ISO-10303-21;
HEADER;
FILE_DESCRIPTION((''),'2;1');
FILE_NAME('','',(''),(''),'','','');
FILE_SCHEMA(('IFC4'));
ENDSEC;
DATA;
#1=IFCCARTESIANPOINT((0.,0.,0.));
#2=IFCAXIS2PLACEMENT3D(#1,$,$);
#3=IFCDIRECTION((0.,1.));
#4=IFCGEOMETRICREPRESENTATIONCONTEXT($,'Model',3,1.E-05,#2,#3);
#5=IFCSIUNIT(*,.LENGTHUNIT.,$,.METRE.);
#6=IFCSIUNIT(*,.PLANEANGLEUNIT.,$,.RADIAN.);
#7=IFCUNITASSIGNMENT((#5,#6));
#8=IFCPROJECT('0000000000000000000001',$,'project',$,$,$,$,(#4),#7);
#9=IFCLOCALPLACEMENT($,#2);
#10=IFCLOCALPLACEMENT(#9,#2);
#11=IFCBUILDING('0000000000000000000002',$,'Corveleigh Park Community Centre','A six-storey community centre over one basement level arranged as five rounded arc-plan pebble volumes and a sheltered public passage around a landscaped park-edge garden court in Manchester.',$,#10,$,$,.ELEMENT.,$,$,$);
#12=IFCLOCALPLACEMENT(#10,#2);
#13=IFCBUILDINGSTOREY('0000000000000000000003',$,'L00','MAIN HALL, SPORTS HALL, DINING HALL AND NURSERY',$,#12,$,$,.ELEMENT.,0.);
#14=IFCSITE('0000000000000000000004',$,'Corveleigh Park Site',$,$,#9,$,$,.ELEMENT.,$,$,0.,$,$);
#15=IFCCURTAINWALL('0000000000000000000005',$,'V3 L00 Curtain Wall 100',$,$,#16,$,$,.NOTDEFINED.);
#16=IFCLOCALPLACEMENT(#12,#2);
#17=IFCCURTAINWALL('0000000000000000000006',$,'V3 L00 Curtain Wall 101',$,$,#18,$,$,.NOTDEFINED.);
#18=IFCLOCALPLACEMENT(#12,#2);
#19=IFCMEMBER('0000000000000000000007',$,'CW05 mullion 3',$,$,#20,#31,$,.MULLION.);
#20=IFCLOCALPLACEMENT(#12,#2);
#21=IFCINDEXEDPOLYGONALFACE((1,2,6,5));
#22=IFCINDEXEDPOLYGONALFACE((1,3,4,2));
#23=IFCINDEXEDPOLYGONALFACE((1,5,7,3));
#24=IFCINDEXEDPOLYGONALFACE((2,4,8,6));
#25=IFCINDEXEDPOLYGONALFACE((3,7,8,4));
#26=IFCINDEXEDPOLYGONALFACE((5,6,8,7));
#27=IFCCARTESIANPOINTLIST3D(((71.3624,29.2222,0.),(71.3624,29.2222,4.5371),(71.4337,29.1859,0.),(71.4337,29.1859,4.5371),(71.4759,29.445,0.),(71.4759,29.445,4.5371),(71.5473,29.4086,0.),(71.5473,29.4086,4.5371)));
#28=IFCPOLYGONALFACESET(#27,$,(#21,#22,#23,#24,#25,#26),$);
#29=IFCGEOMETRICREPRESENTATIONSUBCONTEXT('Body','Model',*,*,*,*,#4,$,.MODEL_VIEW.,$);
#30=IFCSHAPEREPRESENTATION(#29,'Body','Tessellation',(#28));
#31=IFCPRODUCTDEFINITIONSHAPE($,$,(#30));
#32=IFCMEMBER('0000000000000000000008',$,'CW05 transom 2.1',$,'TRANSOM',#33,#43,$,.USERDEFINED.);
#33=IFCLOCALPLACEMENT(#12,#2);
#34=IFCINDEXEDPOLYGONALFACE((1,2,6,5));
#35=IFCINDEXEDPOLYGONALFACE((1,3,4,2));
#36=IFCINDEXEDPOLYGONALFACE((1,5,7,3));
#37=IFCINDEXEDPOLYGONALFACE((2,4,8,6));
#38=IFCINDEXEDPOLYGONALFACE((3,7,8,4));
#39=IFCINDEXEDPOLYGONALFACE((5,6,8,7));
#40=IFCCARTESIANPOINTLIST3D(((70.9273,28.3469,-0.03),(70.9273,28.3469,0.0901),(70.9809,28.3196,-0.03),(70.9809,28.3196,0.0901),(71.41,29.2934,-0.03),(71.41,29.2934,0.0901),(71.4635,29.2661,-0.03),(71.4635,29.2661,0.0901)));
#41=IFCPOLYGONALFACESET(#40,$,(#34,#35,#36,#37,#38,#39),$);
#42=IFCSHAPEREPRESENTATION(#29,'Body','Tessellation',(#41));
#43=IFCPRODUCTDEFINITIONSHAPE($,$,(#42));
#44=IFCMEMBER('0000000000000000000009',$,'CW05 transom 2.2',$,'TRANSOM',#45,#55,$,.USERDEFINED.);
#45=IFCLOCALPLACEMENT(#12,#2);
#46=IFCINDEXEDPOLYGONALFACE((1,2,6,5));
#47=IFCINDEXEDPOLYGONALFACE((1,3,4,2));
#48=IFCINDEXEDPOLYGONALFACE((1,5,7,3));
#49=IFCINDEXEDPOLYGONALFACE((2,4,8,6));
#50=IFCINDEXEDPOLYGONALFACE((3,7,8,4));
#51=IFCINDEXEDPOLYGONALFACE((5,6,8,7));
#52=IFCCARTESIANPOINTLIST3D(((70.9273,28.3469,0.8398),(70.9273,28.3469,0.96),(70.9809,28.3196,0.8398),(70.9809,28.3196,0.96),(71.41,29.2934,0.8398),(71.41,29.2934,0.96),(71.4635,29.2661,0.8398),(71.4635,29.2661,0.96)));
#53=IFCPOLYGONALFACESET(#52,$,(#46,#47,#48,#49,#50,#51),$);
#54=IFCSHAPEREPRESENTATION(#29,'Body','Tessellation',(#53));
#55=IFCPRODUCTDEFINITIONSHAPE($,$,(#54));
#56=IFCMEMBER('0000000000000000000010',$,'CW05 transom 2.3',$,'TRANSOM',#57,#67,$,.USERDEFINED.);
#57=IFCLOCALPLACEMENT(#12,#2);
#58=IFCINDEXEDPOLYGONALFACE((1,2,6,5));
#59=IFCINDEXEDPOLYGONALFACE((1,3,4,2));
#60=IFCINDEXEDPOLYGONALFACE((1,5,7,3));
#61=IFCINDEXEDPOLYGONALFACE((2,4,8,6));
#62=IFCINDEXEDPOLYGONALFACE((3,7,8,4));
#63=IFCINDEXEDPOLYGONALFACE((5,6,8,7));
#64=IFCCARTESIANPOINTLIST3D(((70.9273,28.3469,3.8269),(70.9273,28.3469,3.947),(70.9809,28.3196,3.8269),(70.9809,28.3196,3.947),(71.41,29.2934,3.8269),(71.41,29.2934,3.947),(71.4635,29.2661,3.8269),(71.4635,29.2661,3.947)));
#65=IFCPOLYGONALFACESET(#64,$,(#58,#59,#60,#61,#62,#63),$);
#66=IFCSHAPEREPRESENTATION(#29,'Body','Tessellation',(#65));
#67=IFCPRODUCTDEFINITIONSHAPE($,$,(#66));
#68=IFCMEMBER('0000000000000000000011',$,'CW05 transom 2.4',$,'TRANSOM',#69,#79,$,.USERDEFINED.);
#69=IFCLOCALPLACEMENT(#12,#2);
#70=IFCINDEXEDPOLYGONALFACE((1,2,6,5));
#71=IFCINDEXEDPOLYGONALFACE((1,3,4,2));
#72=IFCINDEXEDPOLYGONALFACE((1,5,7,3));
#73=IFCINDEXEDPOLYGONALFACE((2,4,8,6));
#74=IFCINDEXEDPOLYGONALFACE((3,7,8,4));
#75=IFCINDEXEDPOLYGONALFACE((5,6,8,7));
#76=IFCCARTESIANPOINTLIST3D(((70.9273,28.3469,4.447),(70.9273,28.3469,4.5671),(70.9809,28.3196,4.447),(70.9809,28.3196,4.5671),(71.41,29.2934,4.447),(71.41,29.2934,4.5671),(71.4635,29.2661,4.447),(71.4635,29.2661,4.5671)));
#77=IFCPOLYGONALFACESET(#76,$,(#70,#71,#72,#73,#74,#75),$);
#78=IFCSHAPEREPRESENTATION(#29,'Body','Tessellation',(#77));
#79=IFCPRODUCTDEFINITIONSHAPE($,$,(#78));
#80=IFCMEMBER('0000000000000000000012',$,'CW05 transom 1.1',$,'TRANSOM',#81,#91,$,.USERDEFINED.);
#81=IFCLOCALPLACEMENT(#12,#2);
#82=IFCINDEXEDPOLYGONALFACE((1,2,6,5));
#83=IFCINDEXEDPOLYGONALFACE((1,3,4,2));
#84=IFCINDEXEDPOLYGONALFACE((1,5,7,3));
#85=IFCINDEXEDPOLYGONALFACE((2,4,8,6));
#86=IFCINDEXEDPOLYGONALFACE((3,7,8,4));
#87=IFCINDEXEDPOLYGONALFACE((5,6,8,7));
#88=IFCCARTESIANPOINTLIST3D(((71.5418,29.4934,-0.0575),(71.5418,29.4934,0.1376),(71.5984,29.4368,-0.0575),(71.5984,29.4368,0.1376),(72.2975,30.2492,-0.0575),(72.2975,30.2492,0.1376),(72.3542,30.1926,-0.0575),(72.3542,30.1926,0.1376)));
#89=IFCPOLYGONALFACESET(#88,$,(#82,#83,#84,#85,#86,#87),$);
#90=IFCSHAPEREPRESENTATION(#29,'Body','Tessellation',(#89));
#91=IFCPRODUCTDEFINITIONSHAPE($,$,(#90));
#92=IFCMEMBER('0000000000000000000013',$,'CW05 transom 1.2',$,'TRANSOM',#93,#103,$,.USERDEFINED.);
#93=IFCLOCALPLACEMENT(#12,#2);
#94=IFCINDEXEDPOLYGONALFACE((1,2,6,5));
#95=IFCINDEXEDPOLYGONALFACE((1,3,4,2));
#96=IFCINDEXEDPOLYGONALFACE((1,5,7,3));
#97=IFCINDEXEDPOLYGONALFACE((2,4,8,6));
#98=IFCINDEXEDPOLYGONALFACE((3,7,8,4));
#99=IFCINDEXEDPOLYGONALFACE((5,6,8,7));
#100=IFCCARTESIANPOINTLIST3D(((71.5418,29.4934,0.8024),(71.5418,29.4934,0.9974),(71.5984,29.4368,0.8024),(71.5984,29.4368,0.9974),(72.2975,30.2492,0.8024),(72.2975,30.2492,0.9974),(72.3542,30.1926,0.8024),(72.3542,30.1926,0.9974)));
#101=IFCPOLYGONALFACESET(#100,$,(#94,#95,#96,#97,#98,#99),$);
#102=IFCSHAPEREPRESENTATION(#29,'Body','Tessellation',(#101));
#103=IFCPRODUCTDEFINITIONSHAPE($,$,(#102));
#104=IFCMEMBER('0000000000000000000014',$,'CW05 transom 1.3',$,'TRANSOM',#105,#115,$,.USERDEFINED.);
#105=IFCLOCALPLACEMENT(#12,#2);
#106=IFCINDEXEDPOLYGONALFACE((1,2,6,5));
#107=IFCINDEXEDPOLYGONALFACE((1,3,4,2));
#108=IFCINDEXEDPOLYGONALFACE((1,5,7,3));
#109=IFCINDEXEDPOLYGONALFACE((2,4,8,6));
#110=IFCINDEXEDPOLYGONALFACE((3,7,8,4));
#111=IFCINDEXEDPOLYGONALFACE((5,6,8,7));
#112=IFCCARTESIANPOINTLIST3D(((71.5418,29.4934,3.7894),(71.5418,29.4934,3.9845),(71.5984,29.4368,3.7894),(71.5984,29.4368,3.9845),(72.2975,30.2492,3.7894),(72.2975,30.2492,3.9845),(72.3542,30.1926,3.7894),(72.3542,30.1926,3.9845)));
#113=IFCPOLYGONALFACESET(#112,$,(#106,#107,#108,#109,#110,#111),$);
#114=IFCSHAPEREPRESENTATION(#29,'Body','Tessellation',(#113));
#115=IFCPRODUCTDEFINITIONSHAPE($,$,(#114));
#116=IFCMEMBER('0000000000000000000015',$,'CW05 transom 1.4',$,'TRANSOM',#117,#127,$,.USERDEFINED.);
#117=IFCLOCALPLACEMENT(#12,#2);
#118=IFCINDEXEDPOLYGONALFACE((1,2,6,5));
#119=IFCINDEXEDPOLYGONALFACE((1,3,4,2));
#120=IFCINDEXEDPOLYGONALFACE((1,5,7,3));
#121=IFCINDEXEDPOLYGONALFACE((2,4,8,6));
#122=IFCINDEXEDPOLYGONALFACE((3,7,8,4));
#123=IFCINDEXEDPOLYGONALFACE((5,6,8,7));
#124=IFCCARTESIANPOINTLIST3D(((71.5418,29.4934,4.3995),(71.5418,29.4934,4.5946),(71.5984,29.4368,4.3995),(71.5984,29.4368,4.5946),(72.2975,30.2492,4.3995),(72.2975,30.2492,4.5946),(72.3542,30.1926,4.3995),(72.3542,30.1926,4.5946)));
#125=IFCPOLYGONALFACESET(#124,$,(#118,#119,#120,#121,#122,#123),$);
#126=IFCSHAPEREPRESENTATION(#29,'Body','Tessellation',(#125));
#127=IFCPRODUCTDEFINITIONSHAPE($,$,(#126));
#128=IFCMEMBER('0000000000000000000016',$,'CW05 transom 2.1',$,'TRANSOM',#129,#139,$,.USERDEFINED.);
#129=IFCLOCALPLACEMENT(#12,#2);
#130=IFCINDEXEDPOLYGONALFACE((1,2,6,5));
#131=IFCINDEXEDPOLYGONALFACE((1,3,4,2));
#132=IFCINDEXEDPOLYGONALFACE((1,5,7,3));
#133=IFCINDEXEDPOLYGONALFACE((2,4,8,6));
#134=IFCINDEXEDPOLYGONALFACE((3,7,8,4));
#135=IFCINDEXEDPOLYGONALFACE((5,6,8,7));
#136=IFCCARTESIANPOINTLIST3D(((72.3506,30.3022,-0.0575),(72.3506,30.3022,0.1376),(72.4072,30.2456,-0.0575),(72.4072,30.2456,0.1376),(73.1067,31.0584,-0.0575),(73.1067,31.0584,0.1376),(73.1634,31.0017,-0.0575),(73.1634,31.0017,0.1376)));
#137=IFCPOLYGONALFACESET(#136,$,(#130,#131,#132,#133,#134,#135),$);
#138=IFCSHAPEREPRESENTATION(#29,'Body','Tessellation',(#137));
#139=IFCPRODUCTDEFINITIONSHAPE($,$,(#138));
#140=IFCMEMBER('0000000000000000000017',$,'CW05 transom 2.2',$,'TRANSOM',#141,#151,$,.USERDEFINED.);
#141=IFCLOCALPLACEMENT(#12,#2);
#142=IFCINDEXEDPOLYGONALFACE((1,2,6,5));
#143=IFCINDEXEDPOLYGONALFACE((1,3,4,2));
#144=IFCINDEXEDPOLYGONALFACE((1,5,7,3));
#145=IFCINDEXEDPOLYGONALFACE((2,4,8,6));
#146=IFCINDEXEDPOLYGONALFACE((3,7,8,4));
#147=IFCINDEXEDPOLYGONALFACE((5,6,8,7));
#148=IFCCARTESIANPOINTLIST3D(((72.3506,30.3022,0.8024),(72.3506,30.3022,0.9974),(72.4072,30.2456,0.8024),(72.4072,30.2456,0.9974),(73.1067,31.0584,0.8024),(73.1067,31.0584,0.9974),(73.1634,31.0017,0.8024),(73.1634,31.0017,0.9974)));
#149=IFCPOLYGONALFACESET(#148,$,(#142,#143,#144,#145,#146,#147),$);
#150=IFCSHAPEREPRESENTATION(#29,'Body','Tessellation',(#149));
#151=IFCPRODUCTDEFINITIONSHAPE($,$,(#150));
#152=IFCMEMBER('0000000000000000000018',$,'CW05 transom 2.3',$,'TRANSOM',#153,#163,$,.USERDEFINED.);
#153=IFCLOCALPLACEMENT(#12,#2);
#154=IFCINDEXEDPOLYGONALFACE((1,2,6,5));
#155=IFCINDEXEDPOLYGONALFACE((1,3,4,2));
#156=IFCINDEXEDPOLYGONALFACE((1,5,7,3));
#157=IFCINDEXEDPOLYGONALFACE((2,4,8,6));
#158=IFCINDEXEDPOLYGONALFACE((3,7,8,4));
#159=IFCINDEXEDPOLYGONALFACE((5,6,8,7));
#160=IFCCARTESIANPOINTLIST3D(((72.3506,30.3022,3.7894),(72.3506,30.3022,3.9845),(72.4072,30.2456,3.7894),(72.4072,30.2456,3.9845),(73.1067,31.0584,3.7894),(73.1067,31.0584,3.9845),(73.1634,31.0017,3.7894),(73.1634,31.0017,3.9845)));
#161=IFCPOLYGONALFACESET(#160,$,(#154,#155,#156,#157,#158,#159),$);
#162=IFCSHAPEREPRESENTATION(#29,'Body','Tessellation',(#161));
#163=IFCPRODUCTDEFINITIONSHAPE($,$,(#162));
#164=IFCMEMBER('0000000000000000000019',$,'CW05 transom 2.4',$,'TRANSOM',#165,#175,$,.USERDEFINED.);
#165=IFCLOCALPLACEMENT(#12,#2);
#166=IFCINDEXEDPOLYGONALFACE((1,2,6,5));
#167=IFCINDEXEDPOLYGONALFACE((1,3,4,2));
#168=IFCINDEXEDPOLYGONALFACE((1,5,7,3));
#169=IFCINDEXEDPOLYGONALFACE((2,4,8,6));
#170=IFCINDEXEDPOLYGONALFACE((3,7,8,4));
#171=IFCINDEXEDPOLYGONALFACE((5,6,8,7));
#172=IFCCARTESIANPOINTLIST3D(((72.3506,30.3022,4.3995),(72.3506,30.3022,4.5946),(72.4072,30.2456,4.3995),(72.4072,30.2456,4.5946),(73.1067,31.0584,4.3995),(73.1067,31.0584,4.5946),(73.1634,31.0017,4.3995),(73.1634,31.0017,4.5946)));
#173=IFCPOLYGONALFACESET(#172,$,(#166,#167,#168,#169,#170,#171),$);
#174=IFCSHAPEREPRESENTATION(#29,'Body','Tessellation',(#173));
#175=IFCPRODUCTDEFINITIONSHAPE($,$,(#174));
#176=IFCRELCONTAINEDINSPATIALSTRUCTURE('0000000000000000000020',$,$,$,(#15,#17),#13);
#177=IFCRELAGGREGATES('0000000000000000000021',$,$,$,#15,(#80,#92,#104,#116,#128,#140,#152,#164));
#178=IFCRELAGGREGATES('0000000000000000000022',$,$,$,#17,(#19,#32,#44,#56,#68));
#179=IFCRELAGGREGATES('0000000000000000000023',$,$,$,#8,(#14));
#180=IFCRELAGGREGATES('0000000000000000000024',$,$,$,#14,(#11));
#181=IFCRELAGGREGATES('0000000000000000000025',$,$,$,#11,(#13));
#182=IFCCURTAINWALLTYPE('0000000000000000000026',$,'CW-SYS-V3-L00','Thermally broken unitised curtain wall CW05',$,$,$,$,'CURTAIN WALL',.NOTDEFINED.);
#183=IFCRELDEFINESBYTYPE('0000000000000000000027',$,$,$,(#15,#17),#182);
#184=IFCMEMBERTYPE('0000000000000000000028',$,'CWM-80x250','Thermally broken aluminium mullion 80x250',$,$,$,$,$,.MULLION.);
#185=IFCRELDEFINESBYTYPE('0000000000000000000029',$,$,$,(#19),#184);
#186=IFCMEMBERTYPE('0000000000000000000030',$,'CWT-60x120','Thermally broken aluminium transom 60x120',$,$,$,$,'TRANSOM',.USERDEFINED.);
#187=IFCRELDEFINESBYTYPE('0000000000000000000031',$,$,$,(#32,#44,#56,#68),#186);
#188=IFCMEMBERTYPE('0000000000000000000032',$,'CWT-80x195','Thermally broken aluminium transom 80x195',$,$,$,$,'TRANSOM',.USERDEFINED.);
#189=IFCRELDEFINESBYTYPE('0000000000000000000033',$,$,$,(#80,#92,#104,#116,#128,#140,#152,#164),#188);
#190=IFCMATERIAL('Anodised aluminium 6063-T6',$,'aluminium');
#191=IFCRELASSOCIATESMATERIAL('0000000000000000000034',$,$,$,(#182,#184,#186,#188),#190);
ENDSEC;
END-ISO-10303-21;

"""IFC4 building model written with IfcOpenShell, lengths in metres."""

from ifc_helpers import new_model, si_unit, direction, frame, origin, origin_2d, place, context, subcontext, project, spatial, rectangle, extrude, material, material_profile, profile_set, type_object, element, aggregate, save


model = new_model("IFC4")

# Units and contexts
model_context = context("Model", 3, precision=1e-05, world=origin(), true_north=direction((0.0, 1.0)))
body_context = subcontext(model_context, "Body", "Model", "MODEL_VIEW")
ifc_project = project(units=[si_unit("LENGTHUNIT", "METRE"), si_unit("PLANEANGLEUNIT", "RADIAN")], contexts=[model_context])

# Site, building, storey
site_placement = place(None, origin())
site = spatial("IfcSite", under=ifc_project, at=site_placement, Name="Corveleigh Park Site", CompositionType="ELEMENT", RefElevation=0.0)
building_placement = place(site_placement, origin())
building = spatial("IfcBuilding", under=site, at=building_placement, Name="Corveleigh Park Community Centre", Description="A six-storey community centre over one basement level arranged as five rounded arc-plan pebble volumes and a sheltered public passage around a landscaped park-edge garden court in Manchester.", CompositionType="ELEMENT")
storey_placement = place(building_placement, origin())
storey = spatial("IfcBuildingStorey", under=building, at=storey_placement, Name="L00", Description="MAIN HALL, SPORTS HALL, DINING HALL AND NURSERY", CompositionType="ELEMENT", Elevation=0.0)

# Curtain walls, members
ifc_material_1 = material(Name="Anodised aluminium 6063-T6", Category="aluminium")
curtain_wall_type = type_object("IfcCurtainWallType", Name="CW-SYS-V3-L00", Description="Thermally broken unitised curtain wall CW05", ElementType="CURTAIN WALL", PredefinedType="NOTDEFINED", material=ifc_material_1)
curtain_wall_1_placement = place(storey_placement, origin())
curtain_wall_1 = element("IfcCurtainWall", 1, at=curtain_wall_1_placement, inside=storey, type_object=curtain_wall_type, Name="V3 L00 Curtain Wall 100", PredefinedType="NOTDEFINED")
curtain_wall_2_placement = place(storey_placement, origin())
curtain_wall_2 = element("IfcCurtainWall", 2, at=curtain_wall_2_placement, inside=storey, type_object=curtain_wall_type, Name="V3 L00 Curtain Wall 101", PredefinedType="NOTDEFINED")
ifc_material_profile_1 = material_profile(ifc_material_1, rectangle(XDim=0.0801, YDim=0.25, at=origin_2d()), Name="ALU-M80x250", Category="aluminium")
ifc_profile_set_1 = profile_set([ifc_material_profile_1], Name="Anodised aluminium 6063-T6")
member_type_1 = type_object("IfcMemberType", Name="CWM-80x250", Description="Thermally broken aluminium mullion 80x250", PredefinedType="MULLION", material=ifc_profile_set_1)
member_1_placement = place(storey_placement, frame((71.4548, 29.3154, 0.0), z_axis=(0.0, 0.0, 1.0), x_axis=(-0.890933, 0.454135, 0.0)))
member_1 = element("IfcMember", 3, at=member_1_placement, type_object=member_type_1, Name="CW05 mullion 3", PredefinedType="MULLION", context=body_context, shape_type="SweptSolid", body=[
    extrude(rectangle(XDim=0.0801, YDim=0.25, at=origin_2d()), origin(), (0.0, 0.0, 1.0), 4.5371),
])
ifc_material_profile_2 = material_profile(ifc_material_1, rectangle(XDim=0.0601, YDim=0.1201, at=origin_2d()), Name="ALU-T60x120", Category="aluminium")
ifc_profile_set_2 = profile_set([ifc_material_profile_2], Name="Anodised aluminium 6063-T6")
member_type_2 = type_object("IfcMemberType", Name="CWT-60x120", Description="Thermally broken aluminium transom 60x120", ElementType="TRANSOM", PredefinedType="USERDEFINED", material=ifc_profile_set_2)
member_2_placement = place(storey_placement, frame((70.9541, 28.3333, 0.03), z_axis=(0.454277, 0.890861, 0.0), x_axis=(-0.890861, 0.454277, 0.0)))
member_2 = element("IfcMember", 4, at=member_2_placement, type_object=member_type_2, Name="CW05 transom 2.1", ObjectType="TRANSOM", PredefinedType="USERDEFINED", context=body_context, shape_type="SweptSolid", body=[
    extrude(rectangle(XDim=0.0601, YDim=0.1201, at=origin_2d()), origin(), (0.0, 0.0, 1.0), 1.0625),
])
member_3_placement = place(storey_placement, frame((70.9541, 28.3333, 0.8999), z_axis=(0.454277, 0.890861, 0.0), x_axis=(-0.890861, 0.454277, 0.0)))
member_3 = element("IfcMember", 5, at=member_3_placement, type_object=member_type_2, Name="CW05 transom 2.2", ObjectType="TRANSOM", PredefinedType="USERDEFINED", context=body_context, shape_type="SweptSolid", body=[
    extrude(rectangle(XDim=0.0601, YDim=0.1201, at=origin_2d()), origin(), (0.0, 0.0, 1.0), 1.0625),
])
member_4_placement = place(storey_placement, frame((70.9541, 28.3333, 3.887), z_axis=(0.454277, 0.890861, 0.0), x_axis=(-0.890861, 0.454277, 0.0)))
member_4 = element("IfcMember", 6, at=member_4_placement, type_object=member_type_2, Name="CW05 transom 2.3", ObjectType="TRANSOM", PredefinedType="USERDEFINED", context=body_context, shape_type="SweptSolid", body=[
    extrude(rectangle(XDim=0.0601, YDim=0.1201, at=origin_2d()), origin(), (0.0, 0.0, 1.0), 1.0625),
])
member_5_placement = place(storey_placement, frame((70.9541, 28.3333, 4.5071), z_axis=(0.454277, 0.890861, 0.0), x_axis=(-0.890861, 0.454277, 0.0)))
member_5 = element("IfcMember", 7, at=member_5_placement, type_object=member_type_2, Name="CW05 transom 2.4", ObjectType="TRANSOM", PredefinedType="USERDEFINED", context=body_context, shape_type="SweptSolid", body=[
    extrude(rectangle(XDim=0.0601, YDim=0.1201, at=origin_2d()), origin(), (0.0, 0.0, 1.0), 1.0625),
])

# Members
ifc_material_profile_3 = material_profile(ifc_material_1, rectangle(XDim=0.0801, YDim=0.1951, at=origin_2d()), Name="ALU-T80x195", Category="aluminium")
ifc_profile_set_3 = profile_set([ifc_material_profile_3], Name="Anodised aluminium 6063-T6")
member_type_3 = type_object("IfcMemberType", Name="CWT-80x195", Description="Thermally broken aluminium transom 80x195", ElementType="TRANSOM", PredefinedType="USERDEFINED", material=ifc_profile_set_3)
member_6_placement = place(storey_placement, frame((71.5701, 29.4651, 0.04), z_axis=(0.707107, 0.707107, 0.0), x_axis=(-0.707107, 0.707107, 0.0)))
member_6 = element("IfcMember", 8, at=member_6_placement, type_object=member_type_3, Name="CW05 transom 1.1", ObjectType="TRANSOM", PredefinedType="USERDEFINED", context=body_context, shape_type="SweptSolid", body=[
    extrude(rectangle(XDim=0.0801, YDim=0.1951, at=origin_2d()), origin(), (0.0, 0.0, 1.0), 1.0688),
])
member_7_placement = place(storey_placement, frame((71.5701, 29.4651, 0.8999), z_axis=(0.707107, 0.707107, 0.0), x_axis=(-0.707107, 0.707107, 0.0)))
member_7 = element("IfcMember", 9, at=member_7_placement, type_object=member_type_3, Name="CW05 transom 1.2", ObjectType="TRANSOM", PredefinedType="USERDEFINED", context=body_context, shape_type="SweptSolid", body=[
    extrude(rectangle(XDim=0.0801, YDim=0.1951, at=origin_2d()), origin(), (0.0, 0.0, 1.0), 1.0688),
])
member_8_placement = place(storey_placement, frame((71.5701, 29.4651, 3.887), z_axis=(0.707107, 0.707107, 0.0), x_axis=(-0.707107, 0.707107, 0.0)))
member_8 = element("IfcMember", 10, at=member_8_placement, type_object=member_type_3, Name="CW05 transom 1.3", ObjectType="TRANSOM", PredefinedType="USERDEFINED", context=body_context, shape_type="SweptSolid", body=[
    extrude(rectangle(XDim=0.0801, YDim=0.1951, at=origin_2d()), origin(), (0.0, 0.0, 1.0), 1.0688),
])
member_9_placement = place(storey_placement, frame((71.5701, 29.4651, 4.4971), z_axis=(0.707107, 0.707107, 0.0), x_axis=(-0.707107, 0.707107, 0.0)))
member_9 = element("IfcMember", 11, at=member_9_placement, type_object=member_type_3, Name="CW05 transom 1.4", ObjectType="TRANSOM", PredefinedType="USERDEFINED", context=body_context, shape_type="SweptSolid", body=[
    extrude(rectangle(XDim=0.0801, YDim=0.1951, at=origin_2d()), origin(), (0.0, 0.0, 1.0), 1.0688),
])
member_10_placement = place(storey_placement, frame((72.3789, 30.2739, 0.04), z_axis=(0.707107, 0.707107, 0.0), x_axis=(-0.707107, 0.707107, 0.0)))
member_10 = element("IfcMember", 12, at=member_10_placement, type_object=member_type_3, Name="CW05 transom 2.1", ObjectType="TRANSOM", PredefinedType="USERDEFINED", context=body_context, shape_type="SweptSolid", body=[
    extrude(rectangle(XDim=0.0801, YDim=0.1951, at=origin_2d()), origin(), (0.0, 0.0, 1.0), 1.0693),
])
member_11_placement = place(storey_placement, frame((72.3789, 30.2739, 0.8999), z_axis=(0.707107, 0.707107, 0.0), x_axis=(-0.707107, 0.707107, 0.0)))
member_11 = element("IfcMember", 13, at=member_11_placement, type_object=member_type_3, Name="CW05 transom 2.2", ObjectType="TRANSOM", PredefinedType="USERDEFINED", context=body_context, shape_type="SweptSolid", body=[
    extrude(rectangle(XDim=0.0801, YDim=0.1951, at=origin_2d()), origin(), (0.0, 0.0, 1.0), 1.0693),
])
member_12_placement = place(storey_placement, frame((72.3789, 30.2739, 3.887), z_axis=(0.707107, 0.707107, 0.0), x_axis=(-0.707107, 0.707107, 0.0)))
member_12 = element("IfcMember", 14, at=member_12_placement, type_object=member_type_3, Name="CW05 transom 2.3", ObjectType="TRANSOM", PredefinedType="USERDEFINED", context=body_context, shape_type="SweptSolid", body=[
    extrude(rectangle(XDim=0.0801, YDim=0.1951, at=origin_2d()), origin(), (0.0, 0.0, 1.0), 1.0693),
])
member_13_placement = place(storey_placement, frame((72.3789, 30.2739, 4.4971), z_axis=(0.707107, 0.707107, 0.0), x_axis=(-0.707107, 0.707107, 0.0)))
member_13 = element("IfcMember", 15, at=member_13_placement, type_object=member_type_3, Name="CW05 transom 2.4", ObjectType="TRANSOM", PredefinedType="USERDEFINED", context=body_context, shape_type="SweptSolid", body=[
    extrude(rectangle(XDim=0.0801, YDim=0.1951, at=origin_2d()), origin(), (0.0, 0.0, 1.0), 1.0693),
])

aggregate(curtain_wall_1, [member_6, member_7, member_8, member_9, member_10, member_11, member_12, member_13])
aggregate(curtain_wall_2, [member_1, member_2, member_3, member_4, member_5])

save(model, "model.ifc")
